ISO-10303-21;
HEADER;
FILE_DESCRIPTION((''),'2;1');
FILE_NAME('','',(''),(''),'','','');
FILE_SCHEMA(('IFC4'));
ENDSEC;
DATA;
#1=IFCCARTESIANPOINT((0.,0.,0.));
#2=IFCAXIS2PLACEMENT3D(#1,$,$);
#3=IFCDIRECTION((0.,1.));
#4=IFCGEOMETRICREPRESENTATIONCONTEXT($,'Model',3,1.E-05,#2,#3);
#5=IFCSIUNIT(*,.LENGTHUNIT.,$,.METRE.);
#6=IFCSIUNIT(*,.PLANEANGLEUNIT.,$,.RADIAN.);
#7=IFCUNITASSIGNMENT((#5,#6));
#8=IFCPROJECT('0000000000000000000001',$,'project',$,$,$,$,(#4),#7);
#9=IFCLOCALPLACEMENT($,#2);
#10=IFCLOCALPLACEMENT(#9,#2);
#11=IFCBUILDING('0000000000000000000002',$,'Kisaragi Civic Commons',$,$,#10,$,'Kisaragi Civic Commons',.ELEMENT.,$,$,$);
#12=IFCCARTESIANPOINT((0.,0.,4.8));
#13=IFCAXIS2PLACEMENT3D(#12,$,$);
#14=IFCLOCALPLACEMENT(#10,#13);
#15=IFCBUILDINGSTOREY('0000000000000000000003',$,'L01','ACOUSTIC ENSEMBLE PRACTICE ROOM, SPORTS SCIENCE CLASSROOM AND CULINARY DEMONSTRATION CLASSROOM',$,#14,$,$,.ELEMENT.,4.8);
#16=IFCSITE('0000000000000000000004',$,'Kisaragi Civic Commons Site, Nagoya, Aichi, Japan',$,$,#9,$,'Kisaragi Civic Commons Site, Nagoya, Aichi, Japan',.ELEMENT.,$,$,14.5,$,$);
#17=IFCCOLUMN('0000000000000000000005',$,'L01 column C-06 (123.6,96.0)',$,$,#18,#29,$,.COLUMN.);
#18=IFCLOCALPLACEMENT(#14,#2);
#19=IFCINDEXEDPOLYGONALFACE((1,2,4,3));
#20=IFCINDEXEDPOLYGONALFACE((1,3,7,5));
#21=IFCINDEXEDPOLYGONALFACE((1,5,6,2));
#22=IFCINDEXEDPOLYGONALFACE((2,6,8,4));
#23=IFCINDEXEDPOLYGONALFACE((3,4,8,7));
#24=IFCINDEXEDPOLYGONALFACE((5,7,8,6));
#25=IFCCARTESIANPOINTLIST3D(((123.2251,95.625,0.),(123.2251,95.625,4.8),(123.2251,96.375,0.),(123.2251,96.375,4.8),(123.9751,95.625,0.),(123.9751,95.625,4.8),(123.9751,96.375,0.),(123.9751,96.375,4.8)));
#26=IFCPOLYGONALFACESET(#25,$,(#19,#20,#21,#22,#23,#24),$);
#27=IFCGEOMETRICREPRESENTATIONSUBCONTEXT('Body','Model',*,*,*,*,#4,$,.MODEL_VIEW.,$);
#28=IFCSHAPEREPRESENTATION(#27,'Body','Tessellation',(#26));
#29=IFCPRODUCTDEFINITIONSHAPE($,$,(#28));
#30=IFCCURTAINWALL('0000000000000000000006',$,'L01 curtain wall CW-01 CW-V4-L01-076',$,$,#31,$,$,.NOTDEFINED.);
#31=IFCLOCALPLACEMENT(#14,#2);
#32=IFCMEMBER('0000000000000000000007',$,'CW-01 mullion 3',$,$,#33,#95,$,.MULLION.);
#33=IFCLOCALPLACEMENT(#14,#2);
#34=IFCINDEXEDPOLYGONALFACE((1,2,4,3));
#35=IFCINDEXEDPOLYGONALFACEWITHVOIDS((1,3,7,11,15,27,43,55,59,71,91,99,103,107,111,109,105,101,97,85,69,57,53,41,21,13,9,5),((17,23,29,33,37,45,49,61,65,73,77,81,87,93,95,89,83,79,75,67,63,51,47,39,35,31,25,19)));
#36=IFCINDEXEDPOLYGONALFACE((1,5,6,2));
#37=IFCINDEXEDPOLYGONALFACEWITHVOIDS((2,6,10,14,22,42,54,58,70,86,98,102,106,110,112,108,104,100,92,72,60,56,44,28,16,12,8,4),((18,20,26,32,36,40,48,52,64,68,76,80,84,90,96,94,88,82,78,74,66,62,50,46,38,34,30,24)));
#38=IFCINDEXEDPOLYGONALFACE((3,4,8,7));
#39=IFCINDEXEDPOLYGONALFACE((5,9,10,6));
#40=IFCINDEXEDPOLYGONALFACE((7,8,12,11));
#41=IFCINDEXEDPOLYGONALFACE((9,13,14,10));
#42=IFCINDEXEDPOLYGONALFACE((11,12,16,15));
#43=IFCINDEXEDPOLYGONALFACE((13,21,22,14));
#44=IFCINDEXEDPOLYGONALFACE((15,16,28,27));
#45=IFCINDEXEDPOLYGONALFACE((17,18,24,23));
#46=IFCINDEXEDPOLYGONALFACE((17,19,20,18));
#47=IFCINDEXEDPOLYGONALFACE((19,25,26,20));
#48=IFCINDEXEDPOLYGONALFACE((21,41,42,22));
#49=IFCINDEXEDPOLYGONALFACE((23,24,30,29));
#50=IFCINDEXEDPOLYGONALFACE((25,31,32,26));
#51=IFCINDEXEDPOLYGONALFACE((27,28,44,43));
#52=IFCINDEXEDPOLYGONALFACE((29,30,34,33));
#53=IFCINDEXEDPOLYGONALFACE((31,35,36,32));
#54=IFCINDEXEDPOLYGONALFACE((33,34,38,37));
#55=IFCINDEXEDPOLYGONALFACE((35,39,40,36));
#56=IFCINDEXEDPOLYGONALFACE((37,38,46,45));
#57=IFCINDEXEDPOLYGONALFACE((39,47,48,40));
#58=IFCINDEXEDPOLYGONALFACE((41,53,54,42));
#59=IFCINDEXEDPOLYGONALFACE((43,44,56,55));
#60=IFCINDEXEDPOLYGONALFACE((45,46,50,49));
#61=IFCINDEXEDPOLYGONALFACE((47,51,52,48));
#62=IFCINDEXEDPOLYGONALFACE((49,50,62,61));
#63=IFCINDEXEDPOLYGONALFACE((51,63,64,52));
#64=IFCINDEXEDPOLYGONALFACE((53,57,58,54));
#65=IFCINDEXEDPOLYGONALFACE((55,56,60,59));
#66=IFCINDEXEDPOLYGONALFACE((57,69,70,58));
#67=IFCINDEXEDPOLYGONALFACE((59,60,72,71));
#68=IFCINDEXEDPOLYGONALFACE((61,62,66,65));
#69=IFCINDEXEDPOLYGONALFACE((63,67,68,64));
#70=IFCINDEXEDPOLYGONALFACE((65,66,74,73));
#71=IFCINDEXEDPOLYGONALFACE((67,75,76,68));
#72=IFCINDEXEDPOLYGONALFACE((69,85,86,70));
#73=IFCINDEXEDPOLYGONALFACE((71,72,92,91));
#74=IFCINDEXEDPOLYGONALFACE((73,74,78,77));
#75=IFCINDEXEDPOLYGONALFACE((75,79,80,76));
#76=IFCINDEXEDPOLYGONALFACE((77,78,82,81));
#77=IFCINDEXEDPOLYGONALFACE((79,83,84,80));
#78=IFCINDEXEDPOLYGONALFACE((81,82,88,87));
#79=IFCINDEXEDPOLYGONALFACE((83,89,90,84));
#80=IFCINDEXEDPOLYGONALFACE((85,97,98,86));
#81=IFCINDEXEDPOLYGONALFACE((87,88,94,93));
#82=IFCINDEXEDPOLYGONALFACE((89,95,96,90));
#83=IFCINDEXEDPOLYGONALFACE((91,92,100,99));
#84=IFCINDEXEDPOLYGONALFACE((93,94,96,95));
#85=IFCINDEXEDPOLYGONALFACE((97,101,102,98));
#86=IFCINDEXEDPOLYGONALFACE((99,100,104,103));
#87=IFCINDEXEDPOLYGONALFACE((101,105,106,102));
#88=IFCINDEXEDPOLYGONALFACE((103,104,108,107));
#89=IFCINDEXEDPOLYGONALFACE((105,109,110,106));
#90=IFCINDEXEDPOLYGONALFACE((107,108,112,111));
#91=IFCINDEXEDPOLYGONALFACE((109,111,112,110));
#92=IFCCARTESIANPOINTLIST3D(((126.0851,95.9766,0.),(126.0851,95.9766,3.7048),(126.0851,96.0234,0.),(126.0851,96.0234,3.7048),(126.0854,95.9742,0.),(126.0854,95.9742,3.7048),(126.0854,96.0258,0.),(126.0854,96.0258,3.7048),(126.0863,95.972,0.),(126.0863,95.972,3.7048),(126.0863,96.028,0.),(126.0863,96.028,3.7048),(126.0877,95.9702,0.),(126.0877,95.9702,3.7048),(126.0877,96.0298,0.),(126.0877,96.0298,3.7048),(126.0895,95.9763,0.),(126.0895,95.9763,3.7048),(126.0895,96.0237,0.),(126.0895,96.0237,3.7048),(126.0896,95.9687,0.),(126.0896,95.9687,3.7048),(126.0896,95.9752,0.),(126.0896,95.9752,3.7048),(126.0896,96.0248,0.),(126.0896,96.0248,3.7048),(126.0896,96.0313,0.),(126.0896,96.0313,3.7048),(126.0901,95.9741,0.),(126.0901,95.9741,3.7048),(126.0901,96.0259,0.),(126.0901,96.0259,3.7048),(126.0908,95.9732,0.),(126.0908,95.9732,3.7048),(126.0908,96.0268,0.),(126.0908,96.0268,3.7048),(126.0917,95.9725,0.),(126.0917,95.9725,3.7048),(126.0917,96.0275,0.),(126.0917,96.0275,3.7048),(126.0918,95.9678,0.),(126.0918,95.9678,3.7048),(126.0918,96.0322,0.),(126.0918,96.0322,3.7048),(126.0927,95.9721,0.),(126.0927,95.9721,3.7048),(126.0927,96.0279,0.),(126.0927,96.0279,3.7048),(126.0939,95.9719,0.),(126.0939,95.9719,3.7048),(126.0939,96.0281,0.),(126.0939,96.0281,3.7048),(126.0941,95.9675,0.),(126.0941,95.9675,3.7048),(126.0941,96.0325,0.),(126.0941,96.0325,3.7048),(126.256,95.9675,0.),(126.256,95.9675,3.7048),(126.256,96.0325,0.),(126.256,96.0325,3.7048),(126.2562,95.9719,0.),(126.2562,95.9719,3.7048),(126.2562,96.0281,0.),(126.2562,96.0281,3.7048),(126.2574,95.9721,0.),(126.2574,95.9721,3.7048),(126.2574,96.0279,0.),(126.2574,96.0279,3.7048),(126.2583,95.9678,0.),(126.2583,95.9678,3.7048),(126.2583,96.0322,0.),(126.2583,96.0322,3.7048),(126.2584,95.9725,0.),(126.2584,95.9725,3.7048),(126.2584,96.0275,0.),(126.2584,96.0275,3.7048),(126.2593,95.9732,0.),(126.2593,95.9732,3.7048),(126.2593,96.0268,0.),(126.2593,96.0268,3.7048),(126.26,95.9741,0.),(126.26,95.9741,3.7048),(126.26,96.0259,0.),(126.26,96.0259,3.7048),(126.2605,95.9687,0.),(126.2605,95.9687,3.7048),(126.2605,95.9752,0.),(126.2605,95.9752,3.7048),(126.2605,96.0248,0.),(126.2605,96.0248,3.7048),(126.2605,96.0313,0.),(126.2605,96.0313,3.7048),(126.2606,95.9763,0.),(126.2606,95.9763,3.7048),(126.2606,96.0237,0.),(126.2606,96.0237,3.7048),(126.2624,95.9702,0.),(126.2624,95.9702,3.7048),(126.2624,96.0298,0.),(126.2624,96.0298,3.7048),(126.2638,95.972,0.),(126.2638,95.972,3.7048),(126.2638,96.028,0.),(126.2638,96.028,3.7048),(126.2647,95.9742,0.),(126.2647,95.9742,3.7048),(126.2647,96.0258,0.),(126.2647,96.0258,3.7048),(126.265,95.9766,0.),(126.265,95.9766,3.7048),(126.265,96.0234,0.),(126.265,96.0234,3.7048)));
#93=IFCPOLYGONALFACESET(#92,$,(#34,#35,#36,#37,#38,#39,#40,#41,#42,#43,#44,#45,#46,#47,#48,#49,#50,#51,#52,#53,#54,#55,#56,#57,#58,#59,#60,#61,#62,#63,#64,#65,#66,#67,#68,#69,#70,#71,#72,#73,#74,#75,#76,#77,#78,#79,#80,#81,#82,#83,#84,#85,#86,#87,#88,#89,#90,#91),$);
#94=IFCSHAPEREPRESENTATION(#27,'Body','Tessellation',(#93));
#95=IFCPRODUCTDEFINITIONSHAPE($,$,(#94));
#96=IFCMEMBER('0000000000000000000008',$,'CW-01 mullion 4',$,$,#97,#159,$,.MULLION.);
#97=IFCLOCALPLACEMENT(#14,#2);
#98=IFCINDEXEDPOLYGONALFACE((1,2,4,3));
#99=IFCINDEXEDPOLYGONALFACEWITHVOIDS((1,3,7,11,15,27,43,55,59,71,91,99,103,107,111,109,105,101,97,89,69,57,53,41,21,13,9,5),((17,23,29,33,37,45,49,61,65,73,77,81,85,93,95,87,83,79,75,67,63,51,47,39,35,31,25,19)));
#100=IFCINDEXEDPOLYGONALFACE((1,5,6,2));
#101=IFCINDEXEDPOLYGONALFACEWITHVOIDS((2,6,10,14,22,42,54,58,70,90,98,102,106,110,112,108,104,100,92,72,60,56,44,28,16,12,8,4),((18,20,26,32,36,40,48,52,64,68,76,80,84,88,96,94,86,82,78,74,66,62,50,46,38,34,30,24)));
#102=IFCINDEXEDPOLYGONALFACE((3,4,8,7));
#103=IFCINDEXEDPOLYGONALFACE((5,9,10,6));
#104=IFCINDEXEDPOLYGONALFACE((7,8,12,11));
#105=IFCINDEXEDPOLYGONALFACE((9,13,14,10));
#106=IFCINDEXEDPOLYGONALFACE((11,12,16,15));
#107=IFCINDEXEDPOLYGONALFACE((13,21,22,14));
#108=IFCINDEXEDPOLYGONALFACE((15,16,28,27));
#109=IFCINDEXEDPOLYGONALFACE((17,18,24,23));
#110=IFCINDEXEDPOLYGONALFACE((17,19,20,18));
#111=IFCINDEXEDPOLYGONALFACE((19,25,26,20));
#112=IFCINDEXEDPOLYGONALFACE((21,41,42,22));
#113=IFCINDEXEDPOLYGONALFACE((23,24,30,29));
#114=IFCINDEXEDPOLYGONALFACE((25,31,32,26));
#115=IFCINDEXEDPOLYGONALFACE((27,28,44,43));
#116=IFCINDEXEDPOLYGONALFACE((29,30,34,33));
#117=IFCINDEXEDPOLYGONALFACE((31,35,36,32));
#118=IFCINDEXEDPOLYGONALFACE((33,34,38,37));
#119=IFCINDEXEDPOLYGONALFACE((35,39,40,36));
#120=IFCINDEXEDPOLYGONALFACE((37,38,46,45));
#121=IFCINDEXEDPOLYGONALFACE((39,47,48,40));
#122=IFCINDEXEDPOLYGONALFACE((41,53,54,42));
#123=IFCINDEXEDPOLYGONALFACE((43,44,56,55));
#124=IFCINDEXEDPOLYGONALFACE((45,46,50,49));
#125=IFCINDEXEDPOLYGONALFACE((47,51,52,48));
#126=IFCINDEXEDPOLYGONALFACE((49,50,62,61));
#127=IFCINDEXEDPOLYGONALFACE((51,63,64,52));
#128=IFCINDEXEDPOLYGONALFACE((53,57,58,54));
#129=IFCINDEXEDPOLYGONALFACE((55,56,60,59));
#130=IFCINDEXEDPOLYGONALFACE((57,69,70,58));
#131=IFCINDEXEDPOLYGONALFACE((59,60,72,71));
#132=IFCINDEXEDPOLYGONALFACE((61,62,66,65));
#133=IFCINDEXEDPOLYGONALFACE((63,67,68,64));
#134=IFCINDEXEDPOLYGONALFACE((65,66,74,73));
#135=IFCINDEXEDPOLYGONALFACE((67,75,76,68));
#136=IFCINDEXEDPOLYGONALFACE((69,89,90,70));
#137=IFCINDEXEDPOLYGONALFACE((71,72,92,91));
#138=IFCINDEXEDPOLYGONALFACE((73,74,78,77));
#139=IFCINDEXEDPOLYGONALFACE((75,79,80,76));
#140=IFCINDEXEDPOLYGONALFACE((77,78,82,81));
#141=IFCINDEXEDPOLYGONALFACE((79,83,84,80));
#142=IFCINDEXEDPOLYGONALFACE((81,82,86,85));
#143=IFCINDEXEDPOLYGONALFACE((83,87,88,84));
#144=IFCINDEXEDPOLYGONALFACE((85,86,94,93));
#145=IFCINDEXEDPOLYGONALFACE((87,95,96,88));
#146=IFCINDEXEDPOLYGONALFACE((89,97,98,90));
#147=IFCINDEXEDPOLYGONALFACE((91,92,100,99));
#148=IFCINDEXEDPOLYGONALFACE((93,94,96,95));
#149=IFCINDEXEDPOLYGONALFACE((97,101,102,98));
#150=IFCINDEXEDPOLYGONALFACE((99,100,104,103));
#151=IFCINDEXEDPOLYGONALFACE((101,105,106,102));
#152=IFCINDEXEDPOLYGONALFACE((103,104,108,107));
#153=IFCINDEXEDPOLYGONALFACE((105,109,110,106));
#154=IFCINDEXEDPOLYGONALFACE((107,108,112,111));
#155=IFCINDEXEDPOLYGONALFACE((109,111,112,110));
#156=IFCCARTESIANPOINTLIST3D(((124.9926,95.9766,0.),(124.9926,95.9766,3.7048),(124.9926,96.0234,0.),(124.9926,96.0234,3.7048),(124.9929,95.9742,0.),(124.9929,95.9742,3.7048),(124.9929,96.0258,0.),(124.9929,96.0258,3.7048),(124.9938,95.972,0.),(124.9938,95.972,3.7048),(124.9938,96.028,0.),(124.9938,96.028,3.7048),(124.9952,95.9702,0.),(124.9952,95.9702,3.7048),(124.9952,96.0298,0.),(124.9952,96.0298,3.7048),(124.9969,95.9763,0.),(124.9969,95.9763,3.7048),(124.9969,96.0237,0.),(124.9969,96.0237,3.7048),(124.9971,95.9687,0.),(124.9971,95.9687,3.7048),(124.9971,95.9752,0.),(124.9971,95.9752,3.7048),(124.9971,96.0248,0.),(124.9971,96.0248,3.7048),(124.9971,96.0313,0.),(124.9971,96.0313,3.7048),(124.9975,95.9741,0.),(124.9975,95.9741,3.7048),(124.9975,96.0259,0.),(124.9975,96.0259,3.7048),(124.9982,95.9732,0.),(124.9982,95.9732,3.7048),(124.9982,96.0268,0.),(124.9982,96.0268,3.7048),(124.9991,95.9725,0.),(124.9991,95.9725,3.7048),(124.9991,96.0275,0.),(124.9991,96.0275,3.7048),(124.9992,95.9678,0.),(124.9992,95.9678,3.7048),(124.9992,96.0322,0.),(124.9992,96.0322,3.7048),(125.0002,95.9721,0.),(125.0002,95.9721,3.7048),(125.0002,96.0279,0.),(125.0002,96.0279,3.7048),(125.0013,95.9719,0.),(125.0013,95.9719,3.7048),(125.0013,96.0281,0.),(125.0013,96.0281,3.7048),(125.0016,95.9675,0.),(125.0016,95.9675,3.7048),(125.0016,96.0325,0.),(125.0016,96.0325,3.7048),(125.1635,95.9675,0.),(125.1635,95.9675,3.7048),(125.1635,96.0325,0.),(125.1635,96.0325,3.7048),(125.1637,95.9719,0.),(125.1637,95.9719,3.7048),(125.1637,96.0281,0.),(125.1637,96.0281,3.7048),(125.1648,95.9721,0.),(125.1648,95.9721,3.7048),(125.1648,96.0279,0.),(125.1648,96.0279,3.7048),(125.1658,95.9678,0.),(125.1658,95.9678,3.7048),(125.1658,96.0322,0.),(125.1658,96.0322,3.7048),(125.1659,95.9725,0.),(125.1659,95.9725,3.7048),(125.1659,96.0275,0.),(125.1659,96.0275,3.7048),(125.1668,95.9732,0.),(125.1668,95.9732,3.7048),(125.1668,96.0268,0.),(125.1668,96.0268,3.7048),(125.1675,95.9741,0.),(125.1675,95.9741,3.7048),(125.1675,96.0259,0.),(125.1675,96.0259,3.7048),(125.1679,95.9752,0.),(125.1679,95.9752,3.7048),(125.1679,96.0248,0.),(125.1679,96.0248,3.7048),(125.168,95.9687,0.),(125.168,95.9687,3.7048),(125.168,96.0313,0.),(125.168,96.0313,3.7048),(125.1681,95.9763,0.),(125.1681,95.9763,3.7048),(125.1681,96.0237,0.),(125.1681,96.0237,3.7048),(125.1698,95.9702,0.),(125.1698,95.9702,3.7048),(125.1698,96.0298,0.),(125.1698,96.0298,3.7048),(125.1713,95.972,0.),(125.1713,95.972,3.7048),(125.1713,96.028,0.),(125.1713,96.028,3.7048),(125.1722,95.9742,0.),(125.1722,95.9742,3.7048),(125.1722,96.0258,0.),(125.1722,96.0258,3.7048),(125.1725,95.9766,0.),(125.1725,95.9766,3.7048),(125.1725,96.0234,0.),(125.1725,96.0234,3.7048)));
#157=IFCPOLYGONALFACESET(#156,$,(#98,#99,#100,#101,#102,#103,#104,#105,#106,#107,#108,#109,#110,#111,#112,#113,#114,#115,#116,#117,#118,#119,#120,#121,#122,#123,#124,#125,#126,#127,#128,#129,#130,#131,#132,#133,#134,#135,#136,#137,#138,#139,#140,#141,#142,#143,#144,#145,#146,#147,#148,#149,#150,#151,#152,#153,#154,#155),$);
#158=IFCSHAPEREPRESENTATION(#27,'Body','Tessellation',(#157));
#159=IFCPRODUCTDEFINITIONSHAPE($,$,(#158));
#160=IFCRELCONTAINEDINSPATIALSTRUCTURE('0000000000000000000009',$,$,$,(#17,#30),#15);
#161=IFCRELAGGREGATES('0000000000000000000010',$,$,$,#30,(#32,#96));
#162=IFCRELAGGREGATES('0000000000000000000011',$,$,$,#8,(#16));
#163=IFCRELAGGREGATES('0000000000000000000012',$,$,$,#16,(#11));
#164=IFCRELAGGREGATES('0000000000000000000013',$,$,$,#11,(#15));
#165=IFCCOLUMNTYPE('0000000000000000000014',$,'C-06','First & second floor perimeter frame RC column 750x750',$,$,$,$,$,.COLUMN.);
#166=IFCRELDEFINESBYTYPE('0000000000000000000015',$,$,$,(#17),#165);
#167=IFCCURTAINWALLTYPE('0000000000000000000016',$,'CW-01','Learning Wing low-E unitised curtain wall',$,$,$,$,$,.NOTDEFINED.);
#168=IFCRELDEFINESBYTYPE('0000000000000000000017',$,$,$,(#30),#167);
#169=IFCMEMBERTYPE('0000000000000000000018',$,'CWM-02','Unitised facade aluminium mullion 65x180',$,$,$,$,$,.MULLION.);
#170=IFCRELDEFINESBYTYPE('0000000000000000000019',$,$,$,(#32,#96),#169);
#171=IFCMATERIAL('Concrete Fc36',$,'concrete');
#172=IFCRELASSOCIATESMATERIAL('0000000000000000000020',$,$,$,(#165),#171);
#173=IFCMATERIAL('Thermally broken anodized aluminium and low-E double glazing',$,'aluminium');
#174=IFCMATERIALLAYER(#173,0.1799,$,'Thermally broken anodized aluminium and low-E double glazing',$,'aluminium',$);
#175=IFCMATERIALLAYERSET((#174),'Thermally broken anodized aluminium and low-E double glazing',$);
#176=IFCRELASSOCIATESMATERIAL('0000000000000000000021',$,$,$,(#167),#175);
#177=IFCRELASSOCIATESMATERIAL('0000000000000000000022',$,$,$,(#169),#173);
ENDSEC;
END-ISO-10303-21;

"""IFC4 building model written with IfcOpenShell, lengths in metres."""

from ifc_helpers import new_model, si_unit, direction, frame, origin, origin_2d, place, context, subcontext, project, spatial, rectangle, hollow_rectangle, extrude, material, layer, layer_set, material_profile, profile_set, type_object, element, aggregate, save


model = new_model("IFC4")

# Units and contexts
model_context = context("Model", 3, precision=1e-05, world=origin(), true_north=direction((0.0, 1.0)))
body_context = subcontext(model_context, "Body", "Model", "MODEL_VIEW")
ifc_project = project(units=[si_unit("LENGTHUNIT", "METRE"), si_unit("PLANEANGLEUNIT", "RADIAN")], contexts=[model_context])

# Site, building, storey
site_placement = place(None, origin())
site = spatial("IfcSite", under=ifc_project, at=site_placement, Name="Kisaragi Civic Commons Site, Nagoya, Aichi, Japan", LongName="Kisaragi Civic Commons Site, Nagoya, Aichi, Japan", CompositionType="ELEMENT", RefElevation=14.5)
building_placement = place(site_placement, origin())
building = spatial("IfcBuilding", under=site, at=building_placement, Name="Kisaragi Civic Commons", LongName="Kisaragi Civic Commons", CompositionType="ELEMENT")
storey_placement = place(building_placement, frame((0.0, 0.0, 4.8)))
storey = spatial("IfcBuildingStorey", under=building, at=storey_placement, Name="L01", Description="ACOUSTIC ENSEMBLE PRACTICE ROOM, SPORTS SCIENCE CLASSROOM AND CULINARY DEMONSTRATION CLASSROOM", CompositionType="ELEMENT", Elevation=4.8)

# Column
ifc_material_1 = material(Name="Concrete Fc36", Category="concrete")
ifc_material_profile_1 = material_profile(ifc_material_1, rectangle(XDim=0.75, YDim=0.75, at=origin_2d()), Name="RC-750x750", Category="concrete")
ifc_profile_set_1 = profile_set([ifc_material_profile_1], Name="Concrete Fc36")
column_type = type_object("IfcColumnType", Name="C-06", Description="First & second floor perimeter frame RC column 750x750", PredefinedType="COLUMN", material=ifc_profile_set_1)
column_placement = place(storey_placement, frame((123.6001, 96.0, 0.0), z_axis=(0.0, 0.0, 1.0), x_axis=(1.0, 0.0, 0.0)))
element("IfcColumn", 1, at=column_placement, inside=storey, type_object=column_type, Name="L01 column C-06 (123.6,96.0)", PredefinedType="COLUMN", context=body_context, shape_type="SweptSolid", body=[
    extrude(rectangle(XDim=0.75, YDim=0.75, at=origin_2d()), origin(), (0.0, 0.0, 1.0), 4.8),
])

# Curtain wall, members
ifc_material_2 = material(Name="Thermally broken anodized aluminium and low-E double glazing", Category="aluminium")
ifc_layer_1 = layer(ifc_material_2, 0.1799, Name="Thermally broken anodized aluminium and low-E double glazing", Category="aluminium")
ifc_layer_set_1 = layer_set([ifc_layer_1], Name="Thermally broken anodized aluminium and low-E double glazing")
curtain_wall_type = type_object("IfcCurtainWallType", Name="CW-01", Description="Learning Wing low-E unitised curtain wall", PredefinedType="NOTDEFINED", material=ifc_layer_set_1)
curtain_wall_placement = place(storey_placement, origin())
curtain_wall = element("IfcCurtainWall", 2, at=curtain_wall_placement, inside=storey, type_object=curtain_wall_type, Name="L01 curtain wall CW-01 CW-V4-L01-076", PredefinedType="NOTDEFINED")
ifc_material_profile_2 = material_profile(ifc_material_2, hollow_rectangle(XDim=0.0649, YDim=0.1799, WallThickness=0.0044, InnerFilletRadius=0.0044, OuterFilletRadius=0.009, at=origin_2d()), Name="CWM-65x180x4.5", Category="aluminium")
ifc_profile_set_2 = profile_set([ifc_material_profile_2], Name="Thermally broken anodized aluminium and low-E double glazing")
member_type_1 = type_object("IfcMemberType", Name="CWM-02", Description="Unitised facade aluminium mullion 65x180", PredefinedType="MULLION", material=ifc_profile_set_2)
member_1_placement = place(storey_placement, frame((126.175, 96.0, 0.0), z_axis=(0.0, 0.0, 1.0), x_axis=(0.0, -1.0, 0.0)))
member_1 = element("IfcMember", 3, at=member_1_placement, type_object=member_type_1, Name="CW-01 mullion 3", PredefinedType="MULLION", context=body_context, shape_type="SweptSolid", body=[
    extrude(hollow_rectangle(XDim=0.0649, YDim=0.1799, WallThickness=0.0044, InnerFilletRadius=0.0044, OuterFilletRadius=0.009, at=origin_2d()), origin(), (0.0, 0.0, 1.0), 3.7048),
])
member_2_placement = place(storey_placement, frame((125.0825, 96.0, 0.0), z_axis=(0.0, 0.0, 1.0), x_axis=(0.0, -1.0, 0.0)))
member_2 = element("IfcMember", 4, at=member_2_placement, type_object=member_type_1, Name="CW-01 mullion 4", PredefinedType="MULLION", context=body_context, shape_type="SweptSolid", body=[
    extrude(hollow_rectangle(XDim=0.0649, YDim=0.1799, WallThickness=0.0044, InnerFilletRadius=0.0044, OuterFilletRadius=0.009, at=origin_2d()), origin(), (0.0, 0.0, 1.0), 3.7048),
])

aggregate(curtain_wall, [member_1, member_2])

save(model, "model.ifc")
